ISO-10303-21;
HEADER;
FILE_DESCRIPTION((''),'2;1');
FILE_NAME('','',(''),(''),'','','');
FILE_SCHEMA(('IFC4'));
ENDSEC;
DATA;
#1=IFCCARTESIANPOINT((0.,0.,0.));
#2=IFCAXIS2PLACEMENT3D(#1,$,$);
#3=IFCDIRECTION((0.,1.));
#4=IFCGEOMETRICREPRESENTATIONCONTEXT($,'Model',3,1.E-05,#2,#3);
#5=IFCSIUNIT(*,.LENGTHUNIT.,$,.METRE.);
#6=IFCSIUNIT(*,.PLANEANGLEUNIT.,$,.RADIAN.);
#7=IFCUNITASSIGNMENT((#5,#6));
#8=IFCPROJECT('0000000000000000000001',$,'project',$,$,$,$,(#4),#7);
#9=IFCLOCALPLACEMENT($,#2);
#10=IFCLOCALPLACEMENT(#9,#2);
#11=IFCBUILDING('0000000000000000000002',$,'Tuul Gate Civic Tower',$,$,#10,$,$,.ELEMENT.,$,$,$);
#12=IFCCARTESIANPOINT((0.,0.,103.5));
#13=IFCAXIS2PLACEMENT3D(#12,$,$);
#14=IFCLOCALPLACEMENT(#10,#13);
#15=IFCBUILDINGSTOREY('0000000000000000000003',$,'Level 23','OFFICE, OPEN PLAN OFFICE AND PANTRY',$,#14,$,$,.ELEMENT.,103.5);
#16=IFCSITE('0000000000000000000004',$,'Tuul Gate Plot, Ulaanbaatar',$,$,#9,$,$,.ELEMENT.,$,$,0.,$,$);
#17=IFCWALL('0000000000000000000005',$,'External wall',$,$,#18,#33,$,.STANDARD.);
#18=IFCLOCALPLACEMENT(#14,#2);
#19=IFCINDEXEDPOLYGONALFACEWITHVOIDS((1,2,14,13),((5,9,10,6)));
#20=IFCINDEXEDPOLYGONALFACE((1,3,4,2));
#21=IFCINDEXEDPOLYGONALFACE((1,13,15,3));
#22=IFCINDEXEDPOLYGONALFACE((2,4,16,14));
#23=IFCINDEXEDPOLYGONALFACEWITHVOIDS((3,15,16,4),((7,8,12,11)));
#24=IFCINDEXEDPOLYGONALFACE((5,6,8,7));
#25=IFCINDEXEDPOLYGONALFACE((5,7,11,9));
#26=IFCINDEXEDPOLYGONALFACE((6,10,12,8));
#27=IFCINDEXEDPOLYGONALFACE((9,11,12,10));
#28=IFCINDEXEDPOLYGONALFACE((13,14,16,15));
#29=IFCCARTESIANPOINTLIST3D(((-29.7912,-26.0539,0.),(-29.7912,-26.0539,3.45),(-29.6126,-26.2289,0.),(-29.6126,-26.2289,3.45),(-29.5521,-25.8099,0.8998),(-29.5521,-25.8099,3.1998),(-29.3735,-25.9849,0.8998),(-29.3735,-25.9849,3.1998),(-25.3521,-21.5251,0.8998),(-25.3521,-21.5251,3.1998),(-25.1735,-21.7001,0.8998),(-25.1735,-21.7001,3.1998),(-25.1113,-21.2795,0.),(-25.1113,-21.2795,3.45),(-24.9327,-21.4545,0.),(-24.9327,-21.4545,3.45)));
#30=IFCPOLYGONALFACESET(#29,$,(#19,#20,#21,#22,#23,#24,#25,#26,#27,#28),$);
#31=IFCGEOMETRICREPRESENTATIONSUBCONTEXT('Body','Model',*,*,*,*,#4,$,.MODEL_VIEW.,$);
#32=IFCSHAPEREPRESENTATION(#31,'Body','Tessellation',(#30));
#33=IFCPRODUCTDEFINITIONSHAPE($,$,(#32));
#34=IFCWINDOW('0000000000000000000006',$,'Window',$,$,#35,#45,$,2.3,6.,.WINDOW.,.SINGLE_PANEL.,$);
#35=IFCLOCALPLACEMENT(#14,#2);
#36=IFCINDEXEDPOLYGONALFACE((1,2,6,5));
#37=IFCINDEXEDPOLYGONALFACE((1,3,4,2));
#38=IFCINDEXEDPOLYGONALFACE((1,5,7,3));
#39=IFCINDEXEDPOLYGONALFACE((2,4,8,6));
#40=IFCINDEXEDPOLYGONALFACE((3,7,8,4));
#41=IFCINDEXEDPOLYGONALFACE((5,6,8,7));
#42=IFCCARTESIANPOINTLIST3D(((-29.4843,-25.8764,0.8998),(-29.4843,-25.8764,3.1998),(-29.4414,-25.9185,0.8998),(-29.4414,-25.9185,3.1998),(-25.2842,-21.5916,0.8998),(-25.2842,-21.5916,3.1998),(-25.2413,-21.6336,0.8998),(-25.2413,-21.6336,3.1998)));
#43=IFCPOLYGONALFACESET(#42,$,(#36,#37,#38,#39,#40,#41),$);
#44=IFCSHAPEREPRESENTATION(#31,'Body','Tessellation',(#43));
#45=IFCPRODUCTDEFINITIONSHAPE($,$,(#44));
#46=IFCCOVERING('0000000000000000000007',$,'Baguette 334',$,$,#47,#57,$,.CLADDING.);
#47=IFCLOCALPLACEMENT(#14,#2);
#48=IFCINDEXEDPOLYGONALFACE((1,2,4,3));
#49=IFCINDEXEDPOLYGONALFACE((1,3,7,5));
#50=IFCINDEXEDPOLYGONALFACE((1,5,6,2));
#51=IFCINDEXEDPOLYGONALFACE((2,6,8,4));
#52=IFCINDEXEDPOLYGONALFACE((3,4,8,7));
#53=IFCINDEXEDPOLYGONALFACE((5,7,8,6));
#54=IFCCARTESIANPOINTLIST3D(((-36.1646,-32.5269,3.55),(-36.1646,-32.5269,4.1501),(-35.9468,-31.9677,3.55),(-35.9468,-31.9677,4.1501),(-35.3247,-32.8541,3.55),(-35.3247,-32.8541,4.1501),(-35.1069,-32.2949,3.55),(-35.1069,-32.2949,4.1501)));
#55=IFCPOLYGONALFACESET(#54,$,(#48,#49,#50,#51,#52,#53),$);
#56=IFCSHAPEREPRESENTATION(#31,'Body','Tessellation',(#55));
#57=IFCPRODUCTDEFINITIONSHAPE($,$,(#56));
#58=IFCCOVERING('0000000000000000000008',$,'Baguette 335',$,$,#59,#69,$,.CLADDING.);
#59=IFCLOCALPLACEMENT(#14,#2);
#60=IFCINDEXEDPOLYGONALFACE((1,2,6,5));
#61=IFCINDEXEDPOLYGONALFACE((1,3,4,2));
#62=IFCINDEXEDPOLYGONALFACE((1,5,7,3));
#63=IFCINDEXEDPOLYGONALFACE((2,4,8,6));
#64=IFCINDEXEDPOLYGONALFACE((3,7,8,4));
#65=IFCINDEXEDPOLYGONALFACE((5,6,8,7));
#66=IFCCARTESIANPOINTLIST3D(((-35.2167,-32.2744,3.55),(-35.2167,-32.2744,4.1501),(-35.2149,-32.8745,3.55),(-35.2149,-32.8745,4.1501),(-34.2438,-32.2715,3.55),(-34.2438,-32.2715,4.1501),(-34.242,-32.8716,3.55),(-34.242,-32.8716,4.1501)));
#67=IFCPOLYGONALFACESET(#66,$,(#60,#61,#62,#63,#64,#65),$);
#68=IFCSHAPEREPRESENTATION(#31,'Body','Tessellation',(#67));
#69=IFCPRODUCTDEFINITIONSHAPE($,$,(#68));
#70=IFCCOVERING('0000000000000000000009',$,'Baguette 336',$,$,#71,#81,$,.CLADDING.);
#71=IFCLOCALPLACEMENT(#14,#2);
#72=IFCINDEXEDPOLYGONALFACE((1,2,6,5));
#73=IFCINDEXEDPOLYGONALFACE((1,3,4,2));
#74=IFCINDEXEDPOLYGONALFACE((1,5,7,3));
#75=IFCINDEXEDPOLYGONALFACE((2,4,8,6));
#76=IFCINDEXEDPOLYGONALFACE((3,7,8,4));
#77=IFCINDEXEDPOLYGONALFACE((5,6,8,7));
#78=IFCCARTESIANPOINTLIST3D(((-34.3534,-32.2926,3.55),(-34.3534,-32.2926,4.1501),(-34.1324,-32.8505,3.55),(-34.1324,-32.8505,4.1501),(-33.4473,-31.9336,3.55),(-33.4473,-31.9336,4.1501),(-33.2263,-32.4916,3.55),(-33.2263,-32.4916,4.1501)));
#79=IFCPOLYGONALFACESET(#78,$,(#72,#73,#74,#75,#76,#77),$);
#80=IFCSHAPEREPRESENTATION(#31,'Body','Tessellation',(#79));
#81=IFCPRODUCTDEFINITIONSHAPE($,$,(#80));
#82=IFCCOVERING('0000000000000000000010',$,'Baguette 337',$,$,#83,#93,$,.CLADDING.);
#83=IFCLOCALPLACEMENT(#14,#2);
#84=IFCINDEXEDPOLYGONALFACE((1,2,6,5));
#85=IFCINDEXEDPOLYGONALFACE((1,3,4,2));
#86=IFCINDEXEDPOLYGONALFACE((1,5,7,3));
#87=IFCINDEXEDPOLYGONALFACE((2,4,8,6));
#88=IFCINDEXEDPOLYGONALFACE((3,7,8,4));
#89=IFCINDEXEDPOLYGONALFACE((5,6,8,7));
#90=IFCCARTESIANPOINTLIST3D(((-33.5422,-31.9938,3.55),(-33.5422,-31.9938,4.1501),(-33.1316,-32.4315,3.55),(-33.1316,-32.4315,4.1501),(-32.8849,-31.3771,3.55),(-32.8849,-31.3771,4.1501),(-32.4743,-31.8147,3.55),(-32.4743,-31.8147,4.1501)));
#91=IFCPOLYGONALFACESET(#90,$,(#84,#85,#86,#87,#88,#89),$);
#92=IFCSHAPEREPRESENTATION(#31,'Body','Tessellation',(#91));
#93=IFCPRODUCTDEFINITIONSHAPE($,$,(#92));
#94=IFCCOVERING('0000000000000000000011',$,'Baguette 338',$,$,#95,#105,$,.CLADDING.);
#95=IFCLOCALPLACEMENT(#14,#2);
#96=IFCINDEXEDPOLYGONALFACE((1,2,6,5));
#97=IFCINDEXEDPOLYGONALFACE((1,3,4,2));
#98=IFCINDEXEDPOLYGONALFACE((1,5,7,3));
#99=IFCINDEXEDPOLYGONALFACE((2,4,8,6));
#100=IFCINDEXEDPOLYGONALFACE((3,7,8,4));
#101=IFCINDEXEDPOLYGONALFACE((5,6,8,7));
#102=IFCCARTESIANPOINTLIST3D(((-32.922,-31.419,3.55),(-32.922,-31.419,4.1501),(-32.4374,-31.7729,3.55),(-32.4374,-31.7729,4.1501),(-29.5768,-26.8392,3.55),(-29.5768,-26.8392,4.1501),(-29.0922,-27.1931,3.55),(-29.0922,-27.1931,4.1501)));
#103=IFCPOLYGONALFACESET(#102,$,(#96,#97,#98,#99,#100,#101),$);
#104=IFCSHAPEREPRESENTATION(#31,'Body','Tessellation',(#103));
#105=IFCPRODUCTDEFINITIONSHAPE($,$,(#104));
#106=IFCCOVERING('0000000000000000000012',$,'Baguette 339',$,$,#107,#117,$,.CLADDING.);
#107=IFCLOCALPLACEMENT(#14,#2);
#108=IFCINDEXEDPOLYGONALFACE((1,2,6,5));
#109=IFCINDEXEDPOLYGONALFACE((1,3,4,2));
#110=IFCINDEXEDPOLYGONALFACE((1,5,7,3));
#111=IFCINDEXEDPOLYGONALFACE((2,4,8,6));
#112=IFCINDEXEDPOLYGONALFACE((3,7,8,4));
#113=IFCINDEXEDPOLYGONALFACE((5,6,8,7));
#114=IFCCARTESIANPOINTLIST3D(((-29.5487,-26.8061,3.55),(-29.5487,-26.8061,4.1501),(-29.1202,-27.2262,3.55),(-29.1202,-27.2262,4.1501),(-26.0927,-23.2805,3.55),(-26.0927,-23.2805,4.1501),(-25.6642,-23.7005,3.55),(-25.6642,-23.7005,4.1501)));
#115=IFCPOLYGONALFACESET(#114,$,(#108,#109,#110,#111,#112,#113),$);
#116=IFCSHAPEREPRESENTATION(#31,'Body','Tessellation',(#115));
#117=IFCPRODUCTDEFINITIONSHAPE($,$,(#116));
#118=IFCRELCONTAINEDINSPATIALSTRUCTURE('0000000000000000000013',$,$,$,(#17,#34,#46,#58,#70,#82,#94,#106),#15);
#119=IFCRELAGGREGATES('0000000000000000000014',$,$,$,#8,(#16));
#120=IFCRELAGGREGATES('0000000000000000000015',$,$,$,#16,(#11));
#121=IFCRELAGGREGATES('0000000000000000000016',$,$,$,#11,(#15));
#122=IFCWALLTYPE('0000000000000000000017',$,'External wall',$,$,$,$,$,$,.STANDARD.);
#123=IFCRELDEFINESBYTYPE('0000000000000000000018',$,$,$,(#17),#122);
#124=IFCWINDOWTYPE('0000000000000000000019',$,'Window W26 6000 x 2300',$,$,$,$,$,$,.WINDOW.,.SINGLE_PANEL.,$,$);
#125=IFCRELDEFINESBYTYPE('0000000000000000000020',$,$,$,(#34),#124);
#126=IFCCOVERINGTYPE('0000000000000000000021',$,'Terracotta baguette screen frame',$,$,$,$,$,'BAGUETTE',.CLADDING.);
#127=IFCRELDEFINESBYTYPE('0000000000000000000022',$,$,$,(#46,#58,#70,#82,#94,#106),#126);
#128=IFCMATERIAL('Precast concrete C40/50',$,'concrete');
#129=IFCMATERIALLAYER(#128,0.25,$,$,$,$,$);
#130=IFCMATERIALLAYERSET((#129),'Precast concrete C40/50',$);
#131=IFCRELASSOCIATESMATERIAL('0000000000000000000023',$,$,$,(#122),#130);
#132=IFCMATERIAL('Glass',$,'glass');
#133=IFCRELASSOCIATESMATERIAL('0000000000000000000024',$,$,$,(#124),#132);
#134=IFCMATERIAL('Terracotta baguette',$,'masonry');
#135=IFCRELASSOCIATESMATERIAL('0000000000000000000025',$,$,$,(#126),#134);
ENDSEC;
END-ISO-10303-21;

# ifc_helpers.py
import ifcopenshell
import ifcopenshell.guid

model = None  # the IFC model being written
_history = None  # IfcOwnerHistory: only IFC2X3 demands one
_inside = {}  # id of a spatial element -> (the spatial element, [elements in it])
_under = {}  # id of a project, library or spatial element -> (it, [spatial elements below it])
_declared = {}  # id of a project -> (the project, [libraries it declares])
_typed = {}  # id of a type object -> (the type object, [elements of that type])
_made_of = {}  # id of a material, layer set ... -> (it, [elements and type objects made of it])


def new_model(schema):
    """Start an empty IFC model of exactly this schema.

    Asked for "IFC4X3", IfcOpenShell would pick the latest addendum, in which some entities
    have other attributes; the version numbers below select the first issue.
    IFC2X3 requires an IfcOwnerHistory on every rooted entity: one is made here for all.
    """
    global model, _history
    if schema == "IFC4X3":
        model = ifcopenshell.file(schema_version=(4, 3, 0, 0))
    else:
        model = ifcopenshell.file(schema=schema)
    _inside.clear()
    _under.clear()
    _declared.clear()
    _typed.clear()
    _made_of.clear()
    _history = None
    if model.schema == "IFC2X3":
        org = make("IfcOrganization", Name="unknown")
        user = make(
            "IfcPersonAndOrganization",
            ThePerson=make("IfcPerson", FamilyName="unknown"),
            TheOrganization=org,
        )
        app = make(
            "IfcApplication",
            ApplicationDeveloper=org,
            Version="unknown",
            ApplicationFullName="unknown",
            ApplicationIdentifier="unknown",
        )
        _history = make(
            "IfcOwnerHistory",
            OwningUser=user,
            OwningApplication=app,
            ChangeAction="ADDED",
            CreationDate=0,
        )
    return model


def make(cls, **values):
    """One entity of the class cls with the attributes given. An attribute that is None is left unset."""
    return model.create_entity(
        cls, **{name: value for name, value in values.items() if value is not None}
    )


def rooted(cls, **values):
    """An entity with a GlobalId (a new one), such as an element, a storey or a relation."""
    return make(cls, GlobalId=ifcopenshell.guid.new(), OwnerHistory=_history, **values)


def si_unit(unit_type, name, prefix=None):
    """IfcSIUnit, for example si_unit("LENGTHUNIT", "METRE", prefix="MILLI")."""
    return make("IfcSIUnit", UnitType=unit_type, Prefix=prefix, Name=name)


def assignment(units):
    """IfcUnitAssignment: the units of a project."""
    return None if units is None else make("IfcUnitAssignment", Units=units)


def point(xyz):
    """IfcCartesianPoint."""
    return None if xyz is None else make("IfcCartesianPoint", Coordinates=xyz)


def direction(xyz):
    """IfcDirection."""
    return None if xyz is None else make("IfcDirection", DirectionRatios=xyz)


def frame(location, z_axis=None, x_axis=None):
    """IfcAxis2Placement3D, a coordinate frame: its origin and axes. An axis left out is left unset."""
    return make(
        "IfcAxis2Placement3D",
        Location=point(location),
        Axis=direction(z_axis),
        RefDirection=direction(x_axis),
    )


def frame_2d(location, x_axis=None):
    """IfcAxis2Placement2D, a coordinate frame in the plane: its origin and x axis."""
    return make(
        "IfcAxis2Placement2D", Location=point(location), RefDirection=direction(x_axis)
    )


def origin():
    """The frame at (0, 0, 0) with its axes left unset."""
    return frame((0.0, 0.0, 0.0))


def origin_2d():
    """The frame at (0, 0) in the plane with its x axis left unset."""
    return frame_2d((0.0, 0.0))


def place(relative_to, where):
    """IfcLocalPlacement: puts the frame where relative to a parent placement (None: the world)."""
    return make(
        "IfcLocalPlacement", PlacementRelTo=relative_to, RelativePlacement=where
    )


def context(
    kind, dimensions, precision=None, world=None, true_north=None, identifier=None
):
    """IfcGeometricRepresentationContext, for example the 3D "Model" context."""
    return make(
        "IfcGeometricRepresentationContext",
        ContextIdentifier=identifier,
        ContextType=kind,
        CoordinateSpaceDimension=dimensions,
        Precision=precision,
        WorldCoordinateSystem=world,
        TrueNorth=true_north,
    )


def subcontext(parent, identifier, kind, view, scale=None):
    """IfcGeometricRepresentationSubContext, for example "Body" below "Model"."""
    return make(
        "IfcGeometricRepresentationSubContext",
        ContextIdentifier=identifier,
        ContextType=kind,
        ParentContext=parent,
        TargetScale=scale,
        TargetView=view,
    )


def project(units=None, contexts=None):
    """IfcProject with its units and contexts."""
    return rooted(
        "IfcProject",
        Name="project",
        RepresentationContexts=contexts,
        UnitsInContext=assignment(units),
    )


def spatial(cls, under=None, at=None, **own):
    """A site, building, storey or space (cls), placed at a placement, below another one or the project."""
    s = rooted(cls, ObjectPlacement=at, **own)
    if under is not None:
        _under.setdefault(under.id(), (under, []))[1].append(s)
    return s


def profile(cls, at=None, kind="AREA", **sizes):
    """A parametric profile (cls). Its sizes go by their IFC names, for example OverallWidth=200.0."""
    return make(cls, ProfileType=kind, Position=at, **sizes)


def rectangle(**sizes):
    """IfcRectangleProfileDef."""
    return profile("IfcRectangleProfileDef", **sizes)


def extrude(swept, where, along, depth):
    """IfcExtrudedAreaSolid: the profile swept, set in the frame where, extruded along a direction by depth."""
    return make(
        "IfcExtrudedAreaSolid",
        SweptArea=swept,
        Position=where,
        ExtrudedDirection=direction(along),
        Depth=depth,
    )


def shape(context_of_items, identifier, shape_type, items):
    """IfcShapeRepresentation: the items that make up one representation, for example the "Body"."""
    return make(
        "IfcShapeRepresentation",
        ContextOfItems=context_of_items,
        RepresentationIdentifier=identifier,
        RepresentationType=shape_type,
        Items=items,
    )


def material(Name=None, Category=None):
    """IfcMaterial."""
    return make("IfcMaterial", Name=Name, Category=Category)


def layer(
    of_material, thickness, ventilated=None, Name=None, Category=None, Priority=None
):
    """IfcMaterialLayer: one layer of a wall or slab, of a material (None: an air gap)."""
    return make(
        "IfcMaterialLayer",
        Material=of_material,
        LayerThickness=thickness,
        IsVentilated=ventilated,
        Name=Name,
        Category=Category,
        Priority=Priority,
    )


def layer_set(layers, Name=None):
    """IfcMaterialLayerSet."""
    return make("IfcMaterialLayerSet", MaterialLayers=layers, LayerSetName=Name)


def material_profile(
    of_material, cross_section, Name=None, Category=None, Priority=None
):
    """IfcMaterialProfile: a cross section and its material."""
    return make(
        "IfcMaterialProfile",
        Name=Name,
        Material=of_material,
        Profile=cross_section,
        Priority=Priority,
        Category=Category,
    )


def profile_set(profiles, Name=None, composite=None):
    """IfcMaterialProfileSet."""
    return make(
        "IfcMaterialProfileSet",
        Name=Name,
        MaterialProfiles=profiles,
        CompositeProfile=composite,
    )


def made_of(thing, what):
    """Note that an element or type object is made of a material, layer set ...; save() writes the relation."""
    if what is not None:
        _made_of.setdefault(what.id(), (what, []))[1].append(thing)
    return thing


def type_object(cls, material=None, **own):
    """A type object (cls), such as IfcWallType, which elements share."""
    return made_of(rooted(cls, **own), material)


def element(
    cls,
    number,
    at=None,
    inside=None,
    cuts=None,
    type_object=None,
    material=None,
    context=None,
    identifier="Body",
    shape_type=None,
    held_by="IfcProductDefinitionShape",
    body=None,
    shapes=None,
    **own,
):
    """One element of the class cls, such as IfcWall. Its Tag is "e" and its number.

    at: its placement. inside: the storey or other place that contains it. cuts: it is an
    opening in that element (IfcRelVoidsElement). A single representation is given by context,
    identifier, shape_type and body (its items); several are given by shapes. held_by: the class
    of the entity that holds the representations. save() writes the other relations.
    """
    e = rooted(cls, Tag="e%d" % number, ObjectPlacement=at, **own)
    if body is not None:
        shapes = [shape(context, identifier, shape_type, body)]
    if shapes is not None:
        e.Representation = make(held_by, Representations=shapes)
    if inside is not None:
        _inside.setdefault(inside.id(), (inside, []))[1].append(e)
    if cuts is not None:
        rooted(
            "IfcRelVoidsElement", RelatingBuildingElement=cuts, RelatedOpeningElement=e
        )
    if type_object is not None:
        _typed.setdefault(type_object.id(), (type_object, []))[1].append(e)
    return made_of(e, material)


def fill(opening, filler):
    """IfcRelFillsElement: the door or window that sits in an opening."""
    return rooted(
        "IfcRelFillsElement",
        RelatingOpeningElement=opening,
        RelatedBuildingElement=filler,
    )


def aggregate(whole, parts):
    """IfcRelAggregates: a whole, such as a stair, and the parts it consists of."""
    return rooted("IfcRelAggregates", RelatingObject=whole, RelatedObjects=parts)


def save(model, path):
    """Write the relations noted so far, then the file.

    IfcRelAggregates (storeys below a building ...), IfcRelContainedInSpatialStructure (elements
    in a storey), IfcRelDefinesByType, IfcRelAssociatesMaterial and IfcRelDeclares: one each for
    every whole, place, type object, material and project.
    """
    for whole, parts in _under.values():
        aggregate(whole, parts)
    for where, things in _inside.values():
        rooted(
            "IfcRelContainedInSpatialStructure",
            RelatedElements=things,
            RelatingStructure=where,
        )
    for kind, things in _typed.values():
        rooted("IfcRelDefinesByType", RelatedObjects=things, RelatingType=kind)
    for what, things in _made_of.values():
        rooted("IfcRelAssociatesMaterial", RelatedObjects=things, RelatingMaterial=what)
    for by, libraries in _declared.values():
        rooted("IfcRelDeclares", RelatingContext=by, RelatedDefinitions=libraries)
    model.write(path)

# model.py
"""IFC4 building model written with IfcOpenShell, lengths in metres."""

from ifc_helpers import new_model, si_unit, direction, frame, frame_2d, origin, origin_2d, place, context, subcontext, project, spatial, rectangle, extrude, material, layer, layer_set, material_profile, profile_set, type_object, element, fill, save


model = new_model("IFC4")

# Units and contexts
model_context = context("Model", 3, precision=1e-05, world=origin(), true_north=direction((0.0, 1.0)))
body_context = subcontext(model_context, "Body", "Model", "MODEL_VIEW")
ifc_project = project(units=[si_unit("LENGTHUNIT", "METRE"), si_unit("PLANEANGLEUNIT", "RADIAN")], contexts=[model_context])

# Site, building, storey
site_placement = place(None, origin())
site = spatial("IfcSite", under=ifc_project, at=site_placement, Name="Tuul Gate Plot, Ulaanbaatar", CompositionType="ELEMENT", RefElevation=0.0)
building_placement = place(site_placement, origin())
building = spatial("IfcBuilding", under=site, at=building_placement, Name="Tuul Gate Civic Tower", CompositionType="ELEMENT")
storey_placement = place(building_placement, frame((0.0, 0.0, 103.5)))
storey = spatial("IfcBuildingStorey", under=building, at=storey_placement, Name="Level 23", Description="OFFICE, OPEN PLAN OFFICE AND PANTRY", CompositionType="ELEMENT", Elevation=103.5)

# Wall, opening, window
ifc_material_1 = material(Name="Precast concrete C40/50", Category="concrete")
ifc_layer_1 = layer(ifc_material_1, 0.25)
ifc_layer_set_1 = layer_set([ifc_layer_1], Name="Precast concrete C40/50")
wall_type_1 = type_object("IfcWallType", Name="External wall", PredefinedType="STANDARD", material=ifc_layer_set_1)
wall_1_placement = place(storey_placement, frame((-29.7019, -26.1414, 0.0), z_axis=(0.0, 0.0, 1.0), x_axis=(0.700005, 0.714138, 0.0)))
wall_1 = element("IfcWall", 1, at=wall_1_placement, inside=storey, type_object=wall_type_1, Name="External wall", PredefinedType="STANDARD", context=body_context, shape_type="SweptSolid", body=[
    extrude(rectangle(XDim=6.6855, YDim=0.25, at=frame_2d((3.3428, 0.0))), origin(), (0.0, 0.0, 1.0), 3.45),
])
opening_1_placement = place(wall_1_placement, frame((0.3416, 0.0, 0.8999)))
opening_1 = element("IfcOpeningElement", 2, at=opening_1_placement, cuts=wall_1, PredefinedType="OPENING", context=body_context, shape_type="SweptSolid", body=[
    extrude(rectangle(XDim=6.0, YDim=2.3, at=frame_2d((3.0, 1.1499))), frame((0.0, 0.135, 0.0), z_axis=(0.0, -1.0, 0.0), x_axis=(1.0, 0.0, 0.0)), (0.0, 0.0, 1.0), 0.27),
])
ifc_material_2 = material(Name="Glass", Category="glass")
window_type_1 = type_object("IfcWindowType", Name="Window W26 6000 x 2300", PartitioningType="SINGLE_PANEL", PredefinedType="WINDOW", material=ifc_material_2)
window_1_placement = place(opening_1_placement, origin())
window_1 = element("IfcWindow", 3, at=window_1_placement, inside=storey, type_object=window_type_1, Name="Window", OverallHeight=2.3, OverallWidth=6.0, PartitioningType="SINGLE_PANEL", PredefinedType="WINDOW", context=body_context, shape_type="SweptSolid", body=[
    extrude(rectangle(XDim=6.0, YDim=2.3, at=frame_2d((3.0, 1.1499))), frame((0.0, 0.03, 0.0), z_axis=(0.0, -1.0, 0.0), x_axis=(1.0, 0.0, 0.0)), (0.0, 0.0, 1.0), 0.0601),
])
fill(opening_1, window_1)

# Coverings
ifc_material_3 = material(Name="Terracotta baguette", Category="masonry")
ifc_material_profile_1 = material_profile(ifc_material_3, rectangle(XDim=0.6001, YDim=0.6001, at=origin_2d()), Name="Terracotta baguette screen frame")
ifc_profile_set_1 = profile_set([ifc_material_profile_1], Name="Terracotta baguette")
covering_type = type_object("IfcCoveringType", Name="Terracotta baguette screen frame", ElementType="BAGUETTE", PredefinedType="CLADDING", material=ifc_profile_set_1)
covering_1_placement = place(storey_placement, frame((-36.0557, -32.2473, 3.8501), z_axis=(0.931801, -0.362969, 0.0), x_axis=(0.362969, 0.931801, 0.0)))
element("IfcCovering", 4, at=covering_1_placement, inside=storey, type_object=covering_type, Name="Baguette 334", PredefinedType="CLADDING", context=body_context, shape_type="SweptSolid", body=[
    extrude(rectangle(XDim=0.6001, YDim=0.6001, at=origin_2d()), origin(), (0.0, 0.0, 1.0), 0.9014),
])
covering_2_placement = place(storey_placement, frame((-35.2158, -32.5745, 3.8501), z_axis=(0.999995, 0.003011, 0.0), x_axis=(-0.003011, 0.999995, 0.0)))
element("IfcCovering", 5, at=covering_2_placement, inside=storey, type_object=covering_type, Name="Baguette 335", PredefinedType="CLADDING", context=body_context, shape_type="SweptSolid", body=[
    extrude(rectangle(XDim=0.6001, YDim=0.6001, at=origin_2d()), origin(), (0.0, 0.0, 1.0), 0.9729),
])
covering_3_placement = place(storey_placement, frame((-34.2429, -32.5715, 3.8501), z_axis=(0.929715, 0.368279, 0.0), x_axis=(-0.368279, 0.929715, 0.0)))
element("IfcCovering", 6, at=covering_3_placement, inside=storey, type_object=covering_type, Name="Baguette 336", PredefinedType="CLADDING", context=body_context, shape_type="SweptSolid", body=[
    extrude(rectangle(XDim=0.6001, YDim=0.6001, at=origin_2d()), origin(), (0.0, 0.0, 1.0), 0.9746),
])
covering_4_placement = place(storey_placement, frame((-33.3369, -32.2126, 3.8501), z_axis=(0.729233, 0.684265, 0.0), x_axis=(-0.684265, 0.729233, 0.0)))
element("IfcCovering", 7, at=covering_4_placement, inside=storey, type_object=covering_type, Name="Baguette 337", PredefinedType="CLADDING", context=body_context, shape_type="SweptSolid", body=[
    extrude(rectangle(XDim=0.6001, YDim=0.6001, at=origin_2d()), origin(), (0.0, 0.0, 1.0), 0.9014),
])
covering_5_placement = place(storey_placement, frame((-32.6797, -31.5959, 3.8501), z_axis=(0.589834, 0.807524, 0.0), x_axis=(-0.807524, 0.589834, 0.0)))
element("IfcCovering", 8, at=covering_5_placement, inside=storey, type_object=covering_type, Name="Baguette 338", PredefinedType="CLADDING", context=body_context, shape_type="SweptSolid", body=[
    extrude(rectangle(XDim=0.6001, YDim=0.6001, at=origin_2d()), origin(), (0.0, 0.0, 1.0), 5.6714),
])
covering_6_placement = place(storey_placement, frame((-29.3345, -27.0161, 3.8501), z_axis=(0.700025, 0.714118, 0.0), x_axis=(-0.714118, 0.700025, 0.0)))
element("IfcCovering", 9, at=covering_6_placement, inside=storey, type_object=covering_type, Name="Baguette 339", PredefinedType="CLADDING", context=body_context, shape_type="SweptSolid", body=[
    extrude(rectangle(XDim=0.6001, YDim=0.6001, at=origin_2d()), origin(), (0.0, 0.0, 1.0), 4.937),
])

save(model, "model.ifc")
